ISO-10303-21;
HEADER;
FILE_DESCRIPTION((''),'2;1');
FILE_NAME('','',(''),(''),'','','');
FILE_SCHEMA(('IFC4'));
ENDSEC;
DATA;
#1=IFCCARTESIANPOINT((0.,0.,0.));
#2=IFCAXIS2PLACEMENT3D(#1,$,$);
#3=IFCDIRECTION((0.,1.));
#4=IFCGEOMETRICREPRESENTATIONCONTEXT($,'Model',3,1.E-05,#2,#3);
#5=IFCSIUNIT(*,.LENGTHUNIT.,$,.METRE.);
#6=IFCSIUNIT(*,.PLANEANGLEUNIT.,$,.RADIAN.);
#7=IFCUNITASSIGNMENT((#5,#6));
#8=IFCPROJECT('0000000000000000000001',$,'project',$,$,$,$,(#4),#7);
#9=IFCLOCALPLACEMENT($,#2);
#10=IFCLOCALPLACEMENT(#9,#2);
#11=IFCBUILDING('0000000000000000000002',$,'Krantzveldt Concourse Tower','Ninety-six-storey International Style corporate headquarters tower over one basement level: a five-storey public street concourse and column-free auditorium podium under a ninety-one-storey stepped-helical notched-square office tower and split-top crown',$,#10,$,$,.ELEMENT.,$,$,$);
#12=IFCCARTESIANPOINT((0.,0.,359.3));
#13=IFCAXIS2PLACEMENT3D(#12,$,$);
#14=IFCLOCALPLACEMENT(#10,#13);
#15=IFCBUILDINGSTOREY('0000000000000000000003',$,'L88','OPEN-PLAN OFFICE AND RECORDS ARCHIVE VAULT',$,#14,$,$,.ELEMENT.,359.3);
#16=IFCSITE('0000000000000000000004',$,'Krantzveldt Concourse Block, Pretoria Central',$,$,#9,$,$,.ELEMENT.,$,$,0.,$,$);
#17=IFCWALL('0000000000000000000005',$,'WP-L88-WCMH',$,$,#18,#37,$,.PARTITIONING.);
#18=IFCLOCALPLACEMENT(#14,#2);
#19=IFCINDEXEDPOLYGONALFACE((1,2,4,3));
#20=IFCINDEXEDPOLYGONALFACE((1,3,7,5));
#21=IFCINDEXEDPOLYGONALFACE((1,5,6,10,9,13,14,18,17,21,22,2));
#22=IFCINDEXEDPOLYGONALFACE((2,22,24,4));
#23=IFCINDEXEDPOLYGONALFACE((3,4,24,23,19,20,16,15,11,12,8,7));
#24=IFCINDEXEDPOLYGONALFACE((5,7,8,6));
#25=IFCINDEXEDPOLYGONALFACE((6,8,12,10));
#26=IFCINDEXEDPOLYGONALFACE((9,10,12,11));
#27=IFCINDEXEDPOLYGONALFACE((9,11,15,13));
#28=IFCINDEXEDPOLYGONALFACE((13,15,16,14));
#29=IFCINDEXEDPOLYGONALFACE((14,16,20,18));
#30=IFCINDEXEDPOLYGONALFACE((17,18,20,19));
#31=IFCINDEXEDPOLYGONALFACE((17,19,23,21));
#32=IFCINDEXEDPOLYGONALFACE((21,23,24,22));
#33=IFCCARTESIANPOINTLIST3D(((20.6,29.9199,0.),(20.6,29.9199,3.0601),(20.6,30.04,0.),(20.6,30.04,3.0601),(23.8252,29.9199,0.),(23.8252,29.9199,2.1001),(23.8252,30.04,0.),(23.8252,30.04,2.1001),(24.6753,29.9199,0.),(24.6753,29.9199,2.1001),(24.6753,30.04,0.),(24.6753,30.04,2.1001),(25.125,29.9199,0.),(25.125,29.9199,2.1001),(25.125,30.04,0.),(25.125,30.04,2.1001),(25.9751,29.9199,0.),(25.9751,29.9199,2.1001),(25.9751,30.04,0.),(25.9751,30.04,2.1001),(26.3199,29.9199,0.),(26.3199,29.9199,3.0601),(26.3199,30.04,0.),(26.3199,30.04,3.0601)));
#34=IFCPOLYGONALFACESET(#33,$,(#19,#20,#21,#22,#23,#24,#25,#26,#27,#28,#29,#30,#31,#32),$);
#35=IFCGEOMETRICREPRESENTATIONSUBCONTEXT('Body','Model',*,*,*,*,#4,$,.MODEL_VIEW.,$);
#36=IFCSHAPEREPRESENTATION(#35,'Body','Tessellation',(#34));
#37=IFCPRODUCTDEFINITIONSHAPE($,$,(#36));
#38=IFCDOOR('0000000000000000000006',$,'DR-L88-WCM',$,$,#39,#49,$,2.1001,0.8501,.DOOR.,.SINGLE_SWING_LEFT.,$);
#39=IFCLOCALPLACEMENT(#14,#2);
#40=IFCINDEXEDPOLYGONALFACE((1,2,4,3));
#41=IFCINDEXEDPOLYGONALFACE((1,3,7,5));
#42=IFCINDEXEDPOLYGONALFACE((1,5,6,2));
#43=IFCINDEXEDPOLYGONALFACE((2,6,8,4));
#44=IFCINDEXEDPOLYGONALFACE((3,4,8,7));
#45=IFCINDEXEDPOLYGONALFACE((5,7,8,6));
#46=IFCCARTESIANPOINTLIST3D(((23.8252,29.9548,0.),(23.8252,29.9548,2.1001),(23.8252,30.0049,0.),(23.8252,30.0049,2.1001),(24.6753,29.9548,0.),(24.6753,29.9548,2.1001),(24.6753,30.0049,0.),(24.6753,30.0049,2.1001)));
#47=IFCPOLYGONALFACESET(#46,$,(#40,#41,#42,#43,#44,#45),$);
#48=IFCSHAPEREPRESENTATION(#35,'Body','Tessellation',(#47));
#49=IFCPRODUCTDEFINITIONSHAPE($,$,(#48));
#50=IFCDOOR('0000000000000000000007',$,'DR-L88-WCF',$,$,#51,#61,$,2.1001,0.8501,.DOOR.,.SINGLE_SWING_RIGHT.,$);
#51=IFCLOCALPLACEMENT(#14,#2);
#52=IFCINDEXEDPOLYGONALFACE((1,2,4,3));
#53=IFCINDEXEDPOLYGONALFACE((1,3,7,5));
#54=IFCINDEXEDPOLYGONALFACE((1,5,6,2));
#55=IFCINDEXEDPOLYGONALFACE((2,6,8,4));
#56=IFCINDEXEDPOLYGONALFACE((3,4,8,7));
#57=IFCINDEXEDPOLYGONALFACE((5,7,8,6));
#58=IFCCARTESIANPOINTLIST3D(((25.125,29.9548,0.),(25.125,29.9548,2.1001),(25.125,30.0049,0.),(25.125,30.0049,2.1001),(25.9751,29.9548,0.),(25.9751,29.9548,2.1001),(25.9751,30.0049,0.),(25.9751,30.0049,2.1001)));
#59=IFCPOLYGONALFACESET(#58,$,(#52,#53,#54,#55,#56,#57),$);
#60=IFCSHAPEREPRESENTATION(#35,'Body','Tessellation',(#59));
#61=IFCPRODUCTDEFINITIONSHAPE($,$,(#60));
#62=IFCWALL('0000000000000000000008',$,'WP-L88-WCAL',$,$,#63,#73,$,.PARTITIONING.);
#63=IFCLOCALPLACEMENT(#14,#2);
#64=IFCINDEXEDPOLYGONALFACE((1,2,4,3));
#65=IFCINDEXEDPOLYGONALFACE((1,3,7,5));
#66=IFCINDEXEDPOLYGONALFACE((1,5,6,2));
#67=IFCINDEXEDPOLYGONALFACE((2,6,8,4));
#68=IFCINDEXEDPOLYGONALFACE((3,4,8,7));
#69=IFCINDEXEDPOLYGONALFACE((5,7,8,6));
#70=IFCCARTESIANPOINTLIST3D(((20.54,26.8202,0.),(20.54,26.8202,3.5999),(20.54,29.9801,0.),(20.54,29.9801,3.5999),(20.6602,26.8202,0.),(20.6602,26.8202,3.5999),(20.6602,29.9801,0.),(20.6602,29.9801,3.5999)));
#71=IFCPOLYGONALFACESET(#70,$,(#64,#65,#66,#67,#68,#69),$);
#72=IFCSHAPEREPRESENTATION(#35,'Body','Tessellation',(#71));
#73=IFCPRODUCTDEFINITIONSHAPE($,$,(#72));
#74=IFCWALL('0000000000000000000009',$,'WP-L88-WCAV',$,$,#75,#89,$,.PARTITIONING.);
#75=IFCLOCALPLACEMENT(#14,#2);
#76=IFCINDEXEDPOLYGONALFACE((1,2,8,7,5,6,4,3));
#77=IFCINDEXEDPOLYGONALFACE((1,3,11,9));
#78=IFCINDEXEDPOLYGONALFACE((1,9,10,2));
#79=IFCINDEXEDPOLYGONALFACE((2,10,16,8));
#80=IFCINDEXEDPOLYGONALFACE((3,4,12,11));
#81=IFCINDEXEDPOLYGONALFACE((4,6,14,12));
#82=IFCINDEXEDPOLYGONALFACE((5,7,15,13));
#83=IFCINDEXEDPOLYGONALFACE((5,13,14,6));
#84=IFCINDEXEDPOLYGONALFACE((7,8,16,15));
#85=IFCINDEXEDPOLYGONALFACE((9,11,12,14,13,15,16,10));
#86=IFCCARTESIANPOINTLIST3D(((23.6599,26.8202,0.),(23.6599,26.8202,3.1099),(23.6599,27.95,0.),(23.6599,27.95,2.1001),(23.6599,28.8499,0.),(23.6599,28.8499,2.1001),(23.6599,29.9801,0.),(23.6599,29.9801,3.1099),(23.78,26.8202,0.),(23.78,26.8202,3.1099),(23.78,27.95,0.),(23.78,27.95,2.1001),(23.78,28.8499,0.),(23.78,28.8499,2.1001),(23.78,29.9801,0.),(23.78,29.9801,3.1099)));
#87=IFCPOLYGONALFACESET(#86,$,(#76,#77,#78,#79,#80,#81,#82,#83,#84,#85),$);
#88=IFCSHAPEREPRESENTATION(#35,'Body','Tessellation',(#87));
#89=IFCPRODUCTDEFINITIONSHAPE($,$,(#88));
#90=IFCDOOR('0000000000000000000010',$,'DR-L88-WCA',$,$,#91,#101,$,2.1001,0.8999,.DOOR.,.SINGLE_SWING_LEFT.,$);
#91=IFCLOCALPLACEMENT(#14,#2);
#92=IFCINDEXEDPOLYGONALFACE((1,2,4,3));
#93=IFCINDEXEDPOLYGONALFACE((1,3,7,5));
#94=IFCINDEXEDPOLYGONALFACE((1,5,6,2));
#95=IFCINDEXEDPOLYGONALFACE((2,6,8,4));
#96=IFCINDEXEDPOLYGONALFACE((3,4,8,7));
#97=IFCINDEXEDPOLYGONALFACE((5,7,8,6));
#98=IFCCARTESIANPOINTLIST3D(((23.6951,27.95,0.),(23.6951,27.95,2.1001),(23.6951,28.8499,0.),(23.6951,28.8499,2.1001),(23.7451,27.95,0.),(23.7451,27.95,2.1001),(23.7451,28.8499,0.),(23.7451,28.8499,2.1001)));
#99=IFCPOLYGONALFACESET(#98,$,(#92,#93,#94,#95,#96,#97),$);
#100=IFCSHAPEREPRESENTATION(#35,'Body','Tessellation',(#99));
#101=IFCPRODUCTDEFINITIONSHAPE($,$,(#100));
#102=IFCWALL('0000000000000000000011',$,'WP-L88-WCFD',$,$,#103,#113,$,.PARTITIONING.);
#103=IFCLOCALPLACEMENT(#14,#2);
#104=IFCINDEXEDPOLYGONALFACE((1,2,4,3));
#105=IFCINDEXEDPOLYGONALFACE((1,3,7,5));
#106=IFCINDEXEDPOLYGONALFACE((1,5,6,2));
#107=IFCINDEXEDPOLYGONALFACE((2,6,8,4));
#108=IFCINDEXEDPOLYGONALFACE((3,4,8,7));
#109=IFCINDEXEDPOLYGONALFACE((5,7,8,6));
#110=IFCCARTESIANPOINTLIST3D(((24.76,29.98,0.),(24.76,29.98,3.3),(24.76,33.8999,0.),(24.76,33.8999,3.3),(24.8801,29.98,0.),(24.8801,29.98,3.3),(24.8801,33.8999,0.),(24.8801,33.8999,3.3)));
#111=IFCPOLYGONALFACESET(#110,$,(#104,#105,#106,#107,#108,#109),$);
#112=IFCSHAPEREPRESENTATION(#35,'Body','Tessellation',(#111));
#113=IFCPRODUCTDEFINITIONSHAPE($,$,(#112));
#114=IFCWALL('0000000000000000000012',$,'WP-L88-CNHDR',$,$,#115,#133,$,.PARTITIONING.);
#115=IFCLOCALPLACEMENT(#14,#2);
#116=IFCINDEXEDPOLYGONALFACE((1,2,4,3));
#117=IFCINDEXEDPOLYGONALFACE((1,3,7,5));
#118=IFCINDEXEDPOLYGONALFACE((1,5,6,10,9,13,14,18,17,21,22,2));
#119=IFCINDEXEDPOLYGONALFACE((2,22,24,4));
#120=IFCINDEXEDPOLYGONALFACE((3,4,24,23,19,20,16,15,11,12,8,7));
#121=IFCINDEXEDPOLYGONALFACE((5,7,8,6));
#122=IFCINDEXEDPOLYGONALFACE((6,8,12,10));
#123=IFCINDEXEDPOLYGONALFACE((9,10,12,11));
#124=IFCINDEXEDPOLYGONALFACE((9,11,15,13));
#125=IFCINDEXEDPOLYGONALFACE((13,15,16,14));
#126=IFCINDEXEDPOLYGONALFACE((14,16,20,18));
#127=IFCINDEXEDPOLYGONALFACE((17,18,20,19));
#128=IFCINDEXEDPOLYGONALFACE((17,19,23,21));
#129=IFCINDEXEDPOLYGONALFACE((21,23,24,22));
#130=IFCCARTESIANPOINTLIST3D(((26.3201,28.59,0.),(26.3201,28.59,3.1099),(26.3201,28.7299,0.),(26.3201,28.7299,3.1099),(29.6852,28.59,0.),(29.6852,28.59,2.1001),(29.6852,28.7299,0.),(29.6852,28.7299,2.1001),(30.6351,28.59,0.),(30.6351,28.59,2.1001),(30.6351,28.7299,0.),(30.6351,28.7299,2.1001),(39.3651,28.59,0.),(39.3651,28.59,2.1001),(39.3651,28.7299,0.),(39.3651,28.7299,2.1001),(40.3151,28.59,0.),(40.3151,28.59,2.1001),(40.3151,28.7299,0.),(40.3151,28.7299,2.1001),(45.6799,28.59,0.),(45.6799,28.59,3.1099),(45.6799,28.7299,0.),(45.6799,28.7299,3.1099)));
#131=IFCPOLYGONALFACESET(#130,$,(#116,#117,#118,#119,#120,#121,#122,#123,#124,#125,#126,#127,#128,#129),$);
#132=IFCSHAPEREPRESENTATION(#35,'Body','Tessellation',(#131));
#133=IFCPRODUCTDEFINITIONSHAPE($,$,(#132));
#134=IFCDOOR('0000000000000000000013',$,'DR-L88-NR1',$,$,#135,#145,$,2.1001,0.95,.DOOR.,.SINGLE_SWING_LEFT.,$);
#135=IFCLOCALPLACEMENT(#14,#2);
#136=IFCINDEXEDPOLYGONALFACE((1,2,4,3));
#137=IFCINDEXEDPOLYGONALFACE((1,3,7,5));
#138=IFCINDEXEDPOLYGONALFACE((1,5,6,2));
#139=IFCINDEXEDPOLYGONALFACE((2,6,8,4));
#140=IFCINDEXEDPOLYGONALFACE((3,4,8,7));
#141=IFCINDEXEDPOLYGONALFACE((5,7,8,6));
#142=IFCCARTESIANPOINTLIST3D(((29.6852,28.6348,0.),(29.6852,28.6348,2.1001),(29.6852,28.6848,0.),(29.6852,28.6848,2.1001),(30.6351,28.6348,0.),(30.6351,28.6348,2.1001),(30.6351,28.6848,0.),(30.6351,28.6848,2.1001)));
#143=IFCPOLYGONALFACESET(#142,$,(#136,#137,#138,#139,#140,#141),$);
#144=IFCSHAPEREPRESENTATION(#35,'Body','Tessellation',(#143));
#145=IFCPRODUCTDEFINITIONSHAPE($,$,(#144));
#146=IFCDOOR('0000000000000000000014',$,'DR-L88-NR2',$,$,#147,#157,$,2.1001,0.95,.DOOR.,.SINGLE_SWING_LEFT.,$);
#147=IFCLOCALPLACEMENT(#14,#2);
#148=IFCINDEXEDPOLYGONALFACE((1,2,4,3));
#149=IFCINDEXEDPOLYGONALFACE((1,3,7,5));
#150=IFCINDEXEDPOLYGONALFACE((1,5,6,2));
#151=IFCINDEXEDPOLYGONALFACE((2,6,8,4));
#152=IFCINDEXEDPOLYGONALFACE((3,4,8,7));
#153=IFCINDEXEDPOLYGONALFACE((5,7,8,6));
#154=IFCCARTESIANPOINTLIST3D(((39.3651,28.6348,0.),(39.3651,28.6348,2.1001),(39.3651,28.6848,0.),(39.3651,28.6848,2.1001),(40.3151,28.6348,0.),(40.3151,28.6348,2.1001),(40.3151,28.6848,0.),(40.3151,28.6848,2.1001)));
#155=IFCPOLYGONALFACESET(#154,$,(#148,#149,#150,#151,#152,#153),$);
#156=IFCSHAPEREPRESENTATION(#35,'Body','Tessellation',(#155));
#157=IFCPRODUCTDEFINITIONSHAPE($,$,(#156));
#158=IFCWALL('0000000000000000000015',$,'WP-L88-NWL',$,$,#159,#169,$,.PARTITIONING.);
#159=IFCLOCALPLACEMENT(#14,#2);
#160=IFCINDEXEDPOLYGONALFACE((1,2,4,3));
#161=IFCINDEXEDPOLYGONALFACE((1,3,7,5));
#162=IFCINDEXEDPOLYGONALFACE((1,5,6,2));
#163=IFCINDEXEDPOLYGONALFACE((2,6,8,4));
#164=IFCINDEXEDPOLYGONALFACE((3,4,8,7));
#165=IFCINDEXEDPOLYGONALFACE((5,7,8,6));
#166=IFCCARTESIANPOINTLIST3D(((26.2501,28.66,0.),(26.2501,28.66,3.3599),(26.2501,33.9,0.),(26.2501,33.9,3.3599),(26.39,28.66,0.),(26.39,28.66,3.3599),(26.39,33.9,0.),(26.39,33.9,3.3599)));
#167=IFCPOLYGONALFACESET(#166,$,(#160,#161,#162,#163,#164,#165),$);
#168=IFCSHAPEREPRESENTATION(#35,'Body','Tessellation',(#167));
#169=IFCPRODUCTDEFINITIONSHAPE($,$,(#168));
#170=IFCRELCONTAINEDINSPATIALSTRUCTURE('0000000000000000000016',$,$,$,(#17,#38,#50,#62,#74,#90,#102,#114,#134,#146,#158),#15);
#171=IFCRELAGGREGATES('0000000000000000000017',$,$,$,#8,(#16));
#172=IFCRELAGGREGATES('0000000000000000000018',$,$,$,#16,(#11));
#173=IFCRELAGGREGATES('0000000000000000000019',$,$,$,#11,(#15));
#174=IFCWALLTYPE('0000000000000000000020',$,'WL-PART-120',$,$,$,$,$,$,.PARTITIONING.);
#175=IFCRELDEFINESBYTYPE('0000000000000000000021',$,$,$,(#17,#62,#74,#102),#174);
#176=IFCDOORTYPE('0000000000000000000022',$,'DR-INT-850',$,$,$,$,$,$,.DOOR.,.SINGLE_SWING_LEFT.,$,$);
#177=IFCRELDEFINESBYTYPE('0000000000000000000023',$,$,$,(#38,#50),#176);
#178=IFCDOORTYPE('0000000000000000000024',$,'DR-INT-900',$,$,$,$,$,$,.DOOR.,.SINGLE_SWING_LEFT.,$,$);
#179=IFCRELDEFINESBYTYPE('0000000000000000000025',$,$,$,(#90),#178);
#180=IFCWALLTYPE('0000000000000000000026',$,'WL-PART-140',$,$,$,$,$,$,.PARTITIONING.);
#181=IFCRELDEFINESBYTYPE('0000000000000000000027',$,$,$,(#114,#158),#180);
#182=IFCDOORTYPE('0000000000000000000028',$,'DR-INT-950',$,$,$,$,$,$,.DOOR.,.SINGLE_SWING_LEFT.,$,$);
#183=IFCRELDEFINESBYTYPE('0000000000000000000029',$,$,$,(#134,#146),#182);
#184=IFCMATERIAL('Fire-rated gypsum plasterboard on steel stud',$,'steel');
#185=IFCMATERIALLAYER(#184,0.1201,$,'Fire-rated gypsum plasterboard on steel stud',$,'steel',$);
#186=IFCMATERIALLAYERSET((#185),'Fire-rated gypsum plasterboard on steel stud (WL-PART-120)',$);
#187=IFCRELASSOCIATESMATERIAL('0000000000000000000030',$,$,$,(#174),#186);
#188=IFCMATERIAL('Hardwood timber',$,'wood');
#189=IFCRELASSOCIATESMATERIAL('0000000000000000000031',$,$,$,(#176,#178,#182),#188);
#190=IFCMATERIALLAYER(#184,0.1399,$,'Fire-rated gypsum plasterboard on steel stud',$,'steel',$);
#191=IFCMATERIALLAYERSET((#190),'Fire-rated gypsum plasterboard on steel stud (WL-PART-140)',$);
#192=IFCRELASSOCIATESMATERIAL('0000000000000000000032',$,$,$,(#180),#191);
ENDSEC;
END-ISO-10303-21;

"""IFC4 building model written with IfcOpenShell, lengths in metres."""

from ifc_helpers import new_model, si_unit, direction, frame, frame_2d, origin, place, context, subcontext, project, spatial, rectangle, extrude, material, layer, layer_set, type_object, element, fill, save


model = new_model("IFC4")

# Units and contexts
model_context = context("Model", 3, precision=1e-05, world=origin(), true_north=direction((0.0, 1.0)))
body_context = subcontext(model_context, "Body", "Model", "MODEL_VIEW")
ifc_project = project(units=[si_unit("LENGTHUNIT", "METRE"), si_unit("PLANEANGLEUNIT", "RADIAN")], contexts=[model_context])

# Site, building, storey
site_placement = place(None, origin())
site = spatial("IfcSite", under=ifc_project, at=site_placement, Name="Krantzveldt Concourse Block, Pretoria Central", CompositionType="ELEMENT", RefElevation=0.0)
building_placement = place(site_placement, origin())
building = spatial("IfcBuilding", under=site, at=building_placement, Name="Krantzveldt Concourse Tower", Description="Ninety-six-storey International Style corporate headquarters tower over one basement level: a five-storey public street concourse and column-free auditorium podium under a ninety-one-storey stepped-helical notched-square office tower and split-top crown", CompositionType="ELEMENT")
storey_placement = place(building_placement, frame((0.0, 0.0, 359.3)))
storey = spatial("IfcBuildingStorey", under=building, at=storey_placement, Name="L88", Description="OPEN-PLAN OFFICE AND RECORDS ARCHIVE VAULT", CompositionType="ELEMENT", Elevation=359.3)

# Shared definitions
ifc_material_1 = material(Name="Fire-rated gypsum plasterboard on steel stud", Category="steel")
ifc_layer_1 = layer(ifc_material_1, 0.1201, Name="Fire-rated gypsum plasterboard on steel stud", Category="steel")
ifc_layer_set_1 = layer_set([ifc_layer_1], Name="Fire-rated gypsum plasterboard on steel stud (WL-PART-120)")
wall_type_1 = type_object("IfcWallType", Name="WL-PART-120", PredefinedType="PARTITIONING", material=ifc_layer_set_1)

# Wall, openings, doors
wall_1_placement = place(storey_placement, frame((20.6001, 29.98, 0.0), z_axis=(0.0, 0.0, 1.0), x_axis=(1.0, 0.0, 0.0)))
wall_1 = element("IfcWall", 1, at=wall_1_placement, inside=storey, type_object=wall_type_1, Name="WP-L88-WCMH", PredefinedType="PARTITIONING", context=body_context, shape_type="SweptSolid", body=[
    extrude(rectangle(XDim=5.72, YDim=0.1201, at=frame_2d((2.8599, 0.0))), origin(), (0.0, 0.0, 1.0), 3.0601),
])
opening_1_placement = place(wall_1_placement, frame((3.2251, 0.0, 0.0)))
opening_1 = element("IfcOpeningElement", 2, at=opening_1_placement, cuts=wall_1, PredefinedType="OPENING", context=body_context, shape_type="SweptSolid", body=[
    extrude(rectangle(XDim=0.8501, YDim=2.1001, at=frame_2d((0.425, 1.05))), frame((0.0, 0.0701, 0.0), z_axis=(0.0, -1.0, 0.0), x_axis=(1.0, 0.0, 0.0)), (0.0, 0.0, 1.0), 0.1401),
])
opening_2_placement = place(wall_1_placement, frame((4.5249, 0.0, 0.0)))
opening_2 = element("IfcOpeningElement", 3, at=opening_2_placement, cuts=wall_1, PredefinedType="OPENING", context=body_context, shape_type="SweptSolid", body=[
    extrude(rectangle(XDim=0.8501, YDim=2.1001, at=frame_2d((0.425, 1.05))), frame((0.0, 0.0701, 0.0), z_axis=(0.0, -1.0, 0.0), x_axis=(1.0, 0.0, 0.0)), (0.0, 0.0, 1.0), 0.1401),
])
ifc_material_2 = material(Name="Hardwood timber", Category="wood")
door_type_1 = type_object("IfcDoorType", Name="DR-INT-850", OperationType="SINGLE_SWING_LEFT", PredefinedType="DOOR", material=ifc_material_2)
door_1_placement = place(opening_1_placement, origin())
door_1 = element("IfcDoor", 4, at=door_1_placement, inside=storey, type_object=door_type_1, Name="DR-L88-WCM", OperationType="SINGLE_SWING_LEFT", OverallHeight=2.1001, OverallWidth=0.8501, PredefinedType="DOOR", context=body_context, shape_type="SweptSolid", body=[
    extrude(rectangle(XDim=0.8501, YDim=2.1001, at=frame_2d((0.425, 1.05))), frame((0.0, 0.0249, 0.0), z_axis=(0.0, -1.0, 0.0), x_axis=(1.0, 0.0, 0.0)), (0.0, 0.0, 1.0), 0.05),
])
fill(opening_1, door_1)
door_2_placement = place(opening_2_placement, origin())
door_2 = element("IfcDoor", 5, at=door_2_placement, inside=storey, type_object=door_type_1, Name="DR-L88-WCF", OperationType="SINGLE_SWING_RIGHT", OverallHeight=2.1001, OverallWidth=0.8501, PredefinedType="DOOR", context=body_context, shape_type="SweptSolid", body=[
    extrude(rectangle(XDim=0.8501, YDim=2.1001, at=frame_2d((0.425, 1.05))), frame((0.0, 0.0249, 0.0), z_axis=(0.0, -1.0, 0.0), x_axis=(1.0, 0.0, 0.0)), (0.0, 0.0, 1.0), 0.05),
])
fill(opening_2, door_2)

# Wall
wall_2_placement = place(storey_placement, frame((20.6001, 26.8201, 0.0), z_axis=(0.0, 0.0, 1.0), x_axis=(0.0, 1.0, 0.0)))
element("IfcWall", 6, at=wall_2_placement, inside=storey, type_object=wall_type_1, Name="WP-L88-WCAL", PredefinedType="PARTITIONING", context=body_context, shape_type="SweptSolid", body=[
    extrude(rectangle(XDim=3.1599, YDim=0.1201, at=frame_2d((1.5801, 0.0))), origin(), (0.0, 0.0, 1.0), 3.5999),
])

# Wall, opening, door
wall_3_placement = place(storey_placement, frame((23.72, 26.8201, 0.0), z_axis=(0.0, 0.0, 1.0), x_axis=(0.0, 1.0, 0.0)))
wall_3 = element("IfcWall", 7, at=wall_3_placement, inside=storey, type_object=wall_type_1, Name="WP-L88-WCAV", PredefinedType="PARTITIONING", context=body_context, shape_type="SweptSolid", body=[
    extrude(rectangle(XDim=3.1599, YDim=0.1201, at=frame_2d((1.5801, 0.0))), origin(), (0.0, 0.0, 1.0), 3.1099),
])
opening_3_placement = place(wall_3_placement, frame((1.1299, 0.0, 0.0)))
opening_3 = element("IfcOpeningElement", 8, at=opening_3_placement, cuts=wall_3, PredefinedType="OPENING", context=body_context, shape_type="SweptSolid", body=[
    extrude(rectangle(XDim=0.8999, YDim=2.1001, at=frame_2d((0.45, 1.05))), frame((0.0, 0.0701, 0.0), z_axis=(0.0, -1.0, 0.0), x_axis=(1.0, 0.0, 0.0)), (0.0, 0.0, 1.0), 0.1401),
])
door_type_2 = type_object("IfcDoorType", Name="DR-INT-900", OperationType="SINGLE_SWING_LEFT", PredefinedType="DOOR", material=ifc_material_2)
door_3_placement = place(opening_3_placement, origin())
door_3 = element("IfcDoor", 9, at=door_3_placement, inside=storey, type_object=door_type_2, Name="DR-L88-WCA", OperationType="SINGLE_SWING_LEFT", OverallHeight=2.1001, OverallWidth=0.8999, PredefinedType="DOOR", context=body_context, shape_type="SweptSolid", body=[
    extrude(rectangle(XDim=0.8999, YDim=2.1001, at=frame_2d((0.45, 1.05))), frame((0.0, 0.0249, 0.0), z_axis=(0.0, -1.0, 0.0), x_axis=(1.0, 0.0, 0.0)), (0.0, 0.0, 1.0), 0.05),
])
fill(opening_3, door_3)

# Wall
wall_4_placement = place(storey_placement, frame((24.8201, 29.98, 0.0), z_axis=(0.0, 0.0, 1.0), x_axis=(0.0, 1.0, 0.0)))
element("IfcWall", 10, at=wall_4_placement, inside=storey, type_object=wall_type_1, Name="WP-L88-WCFD", PredefinedType="PARTITIONING", context=body_context, shape_type="SweptSolid", body=[
    extrude(rectangle(XDim=3.9199, YDim=0.1201, at=frame_2d((1.96, 0.0))), origin(), (0.0, 0.0, 1.0), 3.3),
])

# Wall, openings, doors
ifc_layer_2 = layer(ifc_material_1, 0.1399, Name="Fire-rated gypsum plasterboard on steel stud", Category="steel")
ifc_layer_set_2 = layer_set([ifc_layer_2], Name="Fire-rated gypsum plasterboard on steel stud (WL-PART-140)")
wall_type_2 = type_object("IfcWallType", Name="WL-PART-140", PredefinedType="PARTITIONING", material=ifc_layer_set_2)
wall_5_placement = place(storey_placement, frame((26.3201, 28.6599, 0.0), z_axis=(0.0, 0.0, 1.0), x_axis=(1.0, 0.0, 0.0)))
wall_5 = element("IfcWall", 11, at=wall_5_placement, inside=storey, type_object=wall_type_2, Name="WP-L88-CNHDR", PredefinedType="PARTITIONING", context=body_context, shape_type="SweptSolid", body=[
    extrude(rectangle(XDim=19.3599, YDim=0.1399, at=frame_2d((9.6799, 0.0))), origin(), (0.0, 0.0, 1.0), 3.1099),
])
opening_4_placement = place(wall_5_placement, frame((3.365, 0.0, 0.0)))
opening_4 = element("IfcOpeningElement", 12, at=opening_4_placement, cuts=wall_5, PredefinedType="OPENING", context=body_context, shape_type="SweptSolid", body=[
    extrude(rectangle(XDim=0.95, YDim=2.1001, at=frame_2d((0.4751, 1.05))), frame((0.0, 0.0801, 0.0), z_axis=(0.0, -1.0, 0.0), x_axis=(1.0, 0.0, 0.0)), (0.0, 0.0, 1.0), 0.1599),
])
opening_5_placement = place(wall_5_placement, frame((13.0449, 0.0, 0.0)))
opening_5 = element("IfcOpeningElement", 13, at=opening_5_placement, cuts=wall_5, PredefinedType="OPENING", context=body_context, shape_type="SweptSolid", body=[
    extrude(rectangle(XDim=0.95, YDim=2.1001, at=frame_2d((0.4751, 1.05))), frame((0.0, 0.0801, 0.0), z_axis=(0.0, -1.0, 0.0), x_axis=(1.0, 0.0, 0.0)), (0.0, 0.0, 1.0), 0.1599),
])
door_type_3 = type_object("IfcDoorType", Name="DR-INT-950", OperationType="SINGLE_SWING_LEFT", PredefinedType="DOOR", material=ifc_material_2)
door_4_placement = place(opening_4_placement, origin())
door_4 = element("IfcDoor", 14, at=door_4_placement, inside=storey, type_object=door_type_3, Name="DR-L88-NR1", OperationType="SINGLE_SWING_LEFT", OverallHeight=2.1001, OverallWidth=0.95, PredefinedType="DOOR", context=body_context, shape_type="SweptSolid", body=[
    extrude(rectangle(XDim=0.95, YDim=2.1001, at=frame_2d((0.4751, 1.05))), frame((0.0, 0.0249, 0.0), z_axis=(0.0, -1.0, 0.0), x_axis=(1.0, 0.0, 0.0)), (0.0, 0.0, 1.0), 0.05),
])
fill(opening_4, door_4)
door_5_placement = place(opening_5_placement, origin())
door_5 = element("IfcDoor", 15, at=door_5_placement, inside=storey, type_object=door_type_3, Name="DR-L88-NR2", OperationType="SINGLE_SWING_LEFT", OverallHeight=2.1001, OverallWidth=0.95, PredefinedType="DOOR", context=body_context, shape_type="SweptSolid", body=[
    extrude(rectangle(XDim=0.95, YDim=2.1001, at=frame_2d((0.4751, 1.05))), frame((0.0, 0.0249, 0.0), z_axis=(0.0, -1.0, 0.0), x_axis=(1.0, 0.0, 0.0)), (0.0, 0.0, 1.0), 0.05),
])
fill(opening_5, door_5)

# Wall
wall_6_placement = place(storey_placement, frame((26.3201, 28.6599, 0.0), z_axis=(0.0, 0.0, 1.0), x_axis=(0.0, 1.0, 0.0)))
element("IfcWall", 16, at=wall_6_placement, inside=storey, type_object=wall_type_2, Name="WP-L88-NWL", PredefinedType="PARTITIONING", context=body_context, shape_type="SweptSolid", body=[
    extrude(rectangle(XDim=5.24, YDim=0.1399, at=frame_2d((2.6201, 0.0))), origin(), (0.0, 0.0, 1.0), 3.3599),
])

save(model, "model.ifc")
